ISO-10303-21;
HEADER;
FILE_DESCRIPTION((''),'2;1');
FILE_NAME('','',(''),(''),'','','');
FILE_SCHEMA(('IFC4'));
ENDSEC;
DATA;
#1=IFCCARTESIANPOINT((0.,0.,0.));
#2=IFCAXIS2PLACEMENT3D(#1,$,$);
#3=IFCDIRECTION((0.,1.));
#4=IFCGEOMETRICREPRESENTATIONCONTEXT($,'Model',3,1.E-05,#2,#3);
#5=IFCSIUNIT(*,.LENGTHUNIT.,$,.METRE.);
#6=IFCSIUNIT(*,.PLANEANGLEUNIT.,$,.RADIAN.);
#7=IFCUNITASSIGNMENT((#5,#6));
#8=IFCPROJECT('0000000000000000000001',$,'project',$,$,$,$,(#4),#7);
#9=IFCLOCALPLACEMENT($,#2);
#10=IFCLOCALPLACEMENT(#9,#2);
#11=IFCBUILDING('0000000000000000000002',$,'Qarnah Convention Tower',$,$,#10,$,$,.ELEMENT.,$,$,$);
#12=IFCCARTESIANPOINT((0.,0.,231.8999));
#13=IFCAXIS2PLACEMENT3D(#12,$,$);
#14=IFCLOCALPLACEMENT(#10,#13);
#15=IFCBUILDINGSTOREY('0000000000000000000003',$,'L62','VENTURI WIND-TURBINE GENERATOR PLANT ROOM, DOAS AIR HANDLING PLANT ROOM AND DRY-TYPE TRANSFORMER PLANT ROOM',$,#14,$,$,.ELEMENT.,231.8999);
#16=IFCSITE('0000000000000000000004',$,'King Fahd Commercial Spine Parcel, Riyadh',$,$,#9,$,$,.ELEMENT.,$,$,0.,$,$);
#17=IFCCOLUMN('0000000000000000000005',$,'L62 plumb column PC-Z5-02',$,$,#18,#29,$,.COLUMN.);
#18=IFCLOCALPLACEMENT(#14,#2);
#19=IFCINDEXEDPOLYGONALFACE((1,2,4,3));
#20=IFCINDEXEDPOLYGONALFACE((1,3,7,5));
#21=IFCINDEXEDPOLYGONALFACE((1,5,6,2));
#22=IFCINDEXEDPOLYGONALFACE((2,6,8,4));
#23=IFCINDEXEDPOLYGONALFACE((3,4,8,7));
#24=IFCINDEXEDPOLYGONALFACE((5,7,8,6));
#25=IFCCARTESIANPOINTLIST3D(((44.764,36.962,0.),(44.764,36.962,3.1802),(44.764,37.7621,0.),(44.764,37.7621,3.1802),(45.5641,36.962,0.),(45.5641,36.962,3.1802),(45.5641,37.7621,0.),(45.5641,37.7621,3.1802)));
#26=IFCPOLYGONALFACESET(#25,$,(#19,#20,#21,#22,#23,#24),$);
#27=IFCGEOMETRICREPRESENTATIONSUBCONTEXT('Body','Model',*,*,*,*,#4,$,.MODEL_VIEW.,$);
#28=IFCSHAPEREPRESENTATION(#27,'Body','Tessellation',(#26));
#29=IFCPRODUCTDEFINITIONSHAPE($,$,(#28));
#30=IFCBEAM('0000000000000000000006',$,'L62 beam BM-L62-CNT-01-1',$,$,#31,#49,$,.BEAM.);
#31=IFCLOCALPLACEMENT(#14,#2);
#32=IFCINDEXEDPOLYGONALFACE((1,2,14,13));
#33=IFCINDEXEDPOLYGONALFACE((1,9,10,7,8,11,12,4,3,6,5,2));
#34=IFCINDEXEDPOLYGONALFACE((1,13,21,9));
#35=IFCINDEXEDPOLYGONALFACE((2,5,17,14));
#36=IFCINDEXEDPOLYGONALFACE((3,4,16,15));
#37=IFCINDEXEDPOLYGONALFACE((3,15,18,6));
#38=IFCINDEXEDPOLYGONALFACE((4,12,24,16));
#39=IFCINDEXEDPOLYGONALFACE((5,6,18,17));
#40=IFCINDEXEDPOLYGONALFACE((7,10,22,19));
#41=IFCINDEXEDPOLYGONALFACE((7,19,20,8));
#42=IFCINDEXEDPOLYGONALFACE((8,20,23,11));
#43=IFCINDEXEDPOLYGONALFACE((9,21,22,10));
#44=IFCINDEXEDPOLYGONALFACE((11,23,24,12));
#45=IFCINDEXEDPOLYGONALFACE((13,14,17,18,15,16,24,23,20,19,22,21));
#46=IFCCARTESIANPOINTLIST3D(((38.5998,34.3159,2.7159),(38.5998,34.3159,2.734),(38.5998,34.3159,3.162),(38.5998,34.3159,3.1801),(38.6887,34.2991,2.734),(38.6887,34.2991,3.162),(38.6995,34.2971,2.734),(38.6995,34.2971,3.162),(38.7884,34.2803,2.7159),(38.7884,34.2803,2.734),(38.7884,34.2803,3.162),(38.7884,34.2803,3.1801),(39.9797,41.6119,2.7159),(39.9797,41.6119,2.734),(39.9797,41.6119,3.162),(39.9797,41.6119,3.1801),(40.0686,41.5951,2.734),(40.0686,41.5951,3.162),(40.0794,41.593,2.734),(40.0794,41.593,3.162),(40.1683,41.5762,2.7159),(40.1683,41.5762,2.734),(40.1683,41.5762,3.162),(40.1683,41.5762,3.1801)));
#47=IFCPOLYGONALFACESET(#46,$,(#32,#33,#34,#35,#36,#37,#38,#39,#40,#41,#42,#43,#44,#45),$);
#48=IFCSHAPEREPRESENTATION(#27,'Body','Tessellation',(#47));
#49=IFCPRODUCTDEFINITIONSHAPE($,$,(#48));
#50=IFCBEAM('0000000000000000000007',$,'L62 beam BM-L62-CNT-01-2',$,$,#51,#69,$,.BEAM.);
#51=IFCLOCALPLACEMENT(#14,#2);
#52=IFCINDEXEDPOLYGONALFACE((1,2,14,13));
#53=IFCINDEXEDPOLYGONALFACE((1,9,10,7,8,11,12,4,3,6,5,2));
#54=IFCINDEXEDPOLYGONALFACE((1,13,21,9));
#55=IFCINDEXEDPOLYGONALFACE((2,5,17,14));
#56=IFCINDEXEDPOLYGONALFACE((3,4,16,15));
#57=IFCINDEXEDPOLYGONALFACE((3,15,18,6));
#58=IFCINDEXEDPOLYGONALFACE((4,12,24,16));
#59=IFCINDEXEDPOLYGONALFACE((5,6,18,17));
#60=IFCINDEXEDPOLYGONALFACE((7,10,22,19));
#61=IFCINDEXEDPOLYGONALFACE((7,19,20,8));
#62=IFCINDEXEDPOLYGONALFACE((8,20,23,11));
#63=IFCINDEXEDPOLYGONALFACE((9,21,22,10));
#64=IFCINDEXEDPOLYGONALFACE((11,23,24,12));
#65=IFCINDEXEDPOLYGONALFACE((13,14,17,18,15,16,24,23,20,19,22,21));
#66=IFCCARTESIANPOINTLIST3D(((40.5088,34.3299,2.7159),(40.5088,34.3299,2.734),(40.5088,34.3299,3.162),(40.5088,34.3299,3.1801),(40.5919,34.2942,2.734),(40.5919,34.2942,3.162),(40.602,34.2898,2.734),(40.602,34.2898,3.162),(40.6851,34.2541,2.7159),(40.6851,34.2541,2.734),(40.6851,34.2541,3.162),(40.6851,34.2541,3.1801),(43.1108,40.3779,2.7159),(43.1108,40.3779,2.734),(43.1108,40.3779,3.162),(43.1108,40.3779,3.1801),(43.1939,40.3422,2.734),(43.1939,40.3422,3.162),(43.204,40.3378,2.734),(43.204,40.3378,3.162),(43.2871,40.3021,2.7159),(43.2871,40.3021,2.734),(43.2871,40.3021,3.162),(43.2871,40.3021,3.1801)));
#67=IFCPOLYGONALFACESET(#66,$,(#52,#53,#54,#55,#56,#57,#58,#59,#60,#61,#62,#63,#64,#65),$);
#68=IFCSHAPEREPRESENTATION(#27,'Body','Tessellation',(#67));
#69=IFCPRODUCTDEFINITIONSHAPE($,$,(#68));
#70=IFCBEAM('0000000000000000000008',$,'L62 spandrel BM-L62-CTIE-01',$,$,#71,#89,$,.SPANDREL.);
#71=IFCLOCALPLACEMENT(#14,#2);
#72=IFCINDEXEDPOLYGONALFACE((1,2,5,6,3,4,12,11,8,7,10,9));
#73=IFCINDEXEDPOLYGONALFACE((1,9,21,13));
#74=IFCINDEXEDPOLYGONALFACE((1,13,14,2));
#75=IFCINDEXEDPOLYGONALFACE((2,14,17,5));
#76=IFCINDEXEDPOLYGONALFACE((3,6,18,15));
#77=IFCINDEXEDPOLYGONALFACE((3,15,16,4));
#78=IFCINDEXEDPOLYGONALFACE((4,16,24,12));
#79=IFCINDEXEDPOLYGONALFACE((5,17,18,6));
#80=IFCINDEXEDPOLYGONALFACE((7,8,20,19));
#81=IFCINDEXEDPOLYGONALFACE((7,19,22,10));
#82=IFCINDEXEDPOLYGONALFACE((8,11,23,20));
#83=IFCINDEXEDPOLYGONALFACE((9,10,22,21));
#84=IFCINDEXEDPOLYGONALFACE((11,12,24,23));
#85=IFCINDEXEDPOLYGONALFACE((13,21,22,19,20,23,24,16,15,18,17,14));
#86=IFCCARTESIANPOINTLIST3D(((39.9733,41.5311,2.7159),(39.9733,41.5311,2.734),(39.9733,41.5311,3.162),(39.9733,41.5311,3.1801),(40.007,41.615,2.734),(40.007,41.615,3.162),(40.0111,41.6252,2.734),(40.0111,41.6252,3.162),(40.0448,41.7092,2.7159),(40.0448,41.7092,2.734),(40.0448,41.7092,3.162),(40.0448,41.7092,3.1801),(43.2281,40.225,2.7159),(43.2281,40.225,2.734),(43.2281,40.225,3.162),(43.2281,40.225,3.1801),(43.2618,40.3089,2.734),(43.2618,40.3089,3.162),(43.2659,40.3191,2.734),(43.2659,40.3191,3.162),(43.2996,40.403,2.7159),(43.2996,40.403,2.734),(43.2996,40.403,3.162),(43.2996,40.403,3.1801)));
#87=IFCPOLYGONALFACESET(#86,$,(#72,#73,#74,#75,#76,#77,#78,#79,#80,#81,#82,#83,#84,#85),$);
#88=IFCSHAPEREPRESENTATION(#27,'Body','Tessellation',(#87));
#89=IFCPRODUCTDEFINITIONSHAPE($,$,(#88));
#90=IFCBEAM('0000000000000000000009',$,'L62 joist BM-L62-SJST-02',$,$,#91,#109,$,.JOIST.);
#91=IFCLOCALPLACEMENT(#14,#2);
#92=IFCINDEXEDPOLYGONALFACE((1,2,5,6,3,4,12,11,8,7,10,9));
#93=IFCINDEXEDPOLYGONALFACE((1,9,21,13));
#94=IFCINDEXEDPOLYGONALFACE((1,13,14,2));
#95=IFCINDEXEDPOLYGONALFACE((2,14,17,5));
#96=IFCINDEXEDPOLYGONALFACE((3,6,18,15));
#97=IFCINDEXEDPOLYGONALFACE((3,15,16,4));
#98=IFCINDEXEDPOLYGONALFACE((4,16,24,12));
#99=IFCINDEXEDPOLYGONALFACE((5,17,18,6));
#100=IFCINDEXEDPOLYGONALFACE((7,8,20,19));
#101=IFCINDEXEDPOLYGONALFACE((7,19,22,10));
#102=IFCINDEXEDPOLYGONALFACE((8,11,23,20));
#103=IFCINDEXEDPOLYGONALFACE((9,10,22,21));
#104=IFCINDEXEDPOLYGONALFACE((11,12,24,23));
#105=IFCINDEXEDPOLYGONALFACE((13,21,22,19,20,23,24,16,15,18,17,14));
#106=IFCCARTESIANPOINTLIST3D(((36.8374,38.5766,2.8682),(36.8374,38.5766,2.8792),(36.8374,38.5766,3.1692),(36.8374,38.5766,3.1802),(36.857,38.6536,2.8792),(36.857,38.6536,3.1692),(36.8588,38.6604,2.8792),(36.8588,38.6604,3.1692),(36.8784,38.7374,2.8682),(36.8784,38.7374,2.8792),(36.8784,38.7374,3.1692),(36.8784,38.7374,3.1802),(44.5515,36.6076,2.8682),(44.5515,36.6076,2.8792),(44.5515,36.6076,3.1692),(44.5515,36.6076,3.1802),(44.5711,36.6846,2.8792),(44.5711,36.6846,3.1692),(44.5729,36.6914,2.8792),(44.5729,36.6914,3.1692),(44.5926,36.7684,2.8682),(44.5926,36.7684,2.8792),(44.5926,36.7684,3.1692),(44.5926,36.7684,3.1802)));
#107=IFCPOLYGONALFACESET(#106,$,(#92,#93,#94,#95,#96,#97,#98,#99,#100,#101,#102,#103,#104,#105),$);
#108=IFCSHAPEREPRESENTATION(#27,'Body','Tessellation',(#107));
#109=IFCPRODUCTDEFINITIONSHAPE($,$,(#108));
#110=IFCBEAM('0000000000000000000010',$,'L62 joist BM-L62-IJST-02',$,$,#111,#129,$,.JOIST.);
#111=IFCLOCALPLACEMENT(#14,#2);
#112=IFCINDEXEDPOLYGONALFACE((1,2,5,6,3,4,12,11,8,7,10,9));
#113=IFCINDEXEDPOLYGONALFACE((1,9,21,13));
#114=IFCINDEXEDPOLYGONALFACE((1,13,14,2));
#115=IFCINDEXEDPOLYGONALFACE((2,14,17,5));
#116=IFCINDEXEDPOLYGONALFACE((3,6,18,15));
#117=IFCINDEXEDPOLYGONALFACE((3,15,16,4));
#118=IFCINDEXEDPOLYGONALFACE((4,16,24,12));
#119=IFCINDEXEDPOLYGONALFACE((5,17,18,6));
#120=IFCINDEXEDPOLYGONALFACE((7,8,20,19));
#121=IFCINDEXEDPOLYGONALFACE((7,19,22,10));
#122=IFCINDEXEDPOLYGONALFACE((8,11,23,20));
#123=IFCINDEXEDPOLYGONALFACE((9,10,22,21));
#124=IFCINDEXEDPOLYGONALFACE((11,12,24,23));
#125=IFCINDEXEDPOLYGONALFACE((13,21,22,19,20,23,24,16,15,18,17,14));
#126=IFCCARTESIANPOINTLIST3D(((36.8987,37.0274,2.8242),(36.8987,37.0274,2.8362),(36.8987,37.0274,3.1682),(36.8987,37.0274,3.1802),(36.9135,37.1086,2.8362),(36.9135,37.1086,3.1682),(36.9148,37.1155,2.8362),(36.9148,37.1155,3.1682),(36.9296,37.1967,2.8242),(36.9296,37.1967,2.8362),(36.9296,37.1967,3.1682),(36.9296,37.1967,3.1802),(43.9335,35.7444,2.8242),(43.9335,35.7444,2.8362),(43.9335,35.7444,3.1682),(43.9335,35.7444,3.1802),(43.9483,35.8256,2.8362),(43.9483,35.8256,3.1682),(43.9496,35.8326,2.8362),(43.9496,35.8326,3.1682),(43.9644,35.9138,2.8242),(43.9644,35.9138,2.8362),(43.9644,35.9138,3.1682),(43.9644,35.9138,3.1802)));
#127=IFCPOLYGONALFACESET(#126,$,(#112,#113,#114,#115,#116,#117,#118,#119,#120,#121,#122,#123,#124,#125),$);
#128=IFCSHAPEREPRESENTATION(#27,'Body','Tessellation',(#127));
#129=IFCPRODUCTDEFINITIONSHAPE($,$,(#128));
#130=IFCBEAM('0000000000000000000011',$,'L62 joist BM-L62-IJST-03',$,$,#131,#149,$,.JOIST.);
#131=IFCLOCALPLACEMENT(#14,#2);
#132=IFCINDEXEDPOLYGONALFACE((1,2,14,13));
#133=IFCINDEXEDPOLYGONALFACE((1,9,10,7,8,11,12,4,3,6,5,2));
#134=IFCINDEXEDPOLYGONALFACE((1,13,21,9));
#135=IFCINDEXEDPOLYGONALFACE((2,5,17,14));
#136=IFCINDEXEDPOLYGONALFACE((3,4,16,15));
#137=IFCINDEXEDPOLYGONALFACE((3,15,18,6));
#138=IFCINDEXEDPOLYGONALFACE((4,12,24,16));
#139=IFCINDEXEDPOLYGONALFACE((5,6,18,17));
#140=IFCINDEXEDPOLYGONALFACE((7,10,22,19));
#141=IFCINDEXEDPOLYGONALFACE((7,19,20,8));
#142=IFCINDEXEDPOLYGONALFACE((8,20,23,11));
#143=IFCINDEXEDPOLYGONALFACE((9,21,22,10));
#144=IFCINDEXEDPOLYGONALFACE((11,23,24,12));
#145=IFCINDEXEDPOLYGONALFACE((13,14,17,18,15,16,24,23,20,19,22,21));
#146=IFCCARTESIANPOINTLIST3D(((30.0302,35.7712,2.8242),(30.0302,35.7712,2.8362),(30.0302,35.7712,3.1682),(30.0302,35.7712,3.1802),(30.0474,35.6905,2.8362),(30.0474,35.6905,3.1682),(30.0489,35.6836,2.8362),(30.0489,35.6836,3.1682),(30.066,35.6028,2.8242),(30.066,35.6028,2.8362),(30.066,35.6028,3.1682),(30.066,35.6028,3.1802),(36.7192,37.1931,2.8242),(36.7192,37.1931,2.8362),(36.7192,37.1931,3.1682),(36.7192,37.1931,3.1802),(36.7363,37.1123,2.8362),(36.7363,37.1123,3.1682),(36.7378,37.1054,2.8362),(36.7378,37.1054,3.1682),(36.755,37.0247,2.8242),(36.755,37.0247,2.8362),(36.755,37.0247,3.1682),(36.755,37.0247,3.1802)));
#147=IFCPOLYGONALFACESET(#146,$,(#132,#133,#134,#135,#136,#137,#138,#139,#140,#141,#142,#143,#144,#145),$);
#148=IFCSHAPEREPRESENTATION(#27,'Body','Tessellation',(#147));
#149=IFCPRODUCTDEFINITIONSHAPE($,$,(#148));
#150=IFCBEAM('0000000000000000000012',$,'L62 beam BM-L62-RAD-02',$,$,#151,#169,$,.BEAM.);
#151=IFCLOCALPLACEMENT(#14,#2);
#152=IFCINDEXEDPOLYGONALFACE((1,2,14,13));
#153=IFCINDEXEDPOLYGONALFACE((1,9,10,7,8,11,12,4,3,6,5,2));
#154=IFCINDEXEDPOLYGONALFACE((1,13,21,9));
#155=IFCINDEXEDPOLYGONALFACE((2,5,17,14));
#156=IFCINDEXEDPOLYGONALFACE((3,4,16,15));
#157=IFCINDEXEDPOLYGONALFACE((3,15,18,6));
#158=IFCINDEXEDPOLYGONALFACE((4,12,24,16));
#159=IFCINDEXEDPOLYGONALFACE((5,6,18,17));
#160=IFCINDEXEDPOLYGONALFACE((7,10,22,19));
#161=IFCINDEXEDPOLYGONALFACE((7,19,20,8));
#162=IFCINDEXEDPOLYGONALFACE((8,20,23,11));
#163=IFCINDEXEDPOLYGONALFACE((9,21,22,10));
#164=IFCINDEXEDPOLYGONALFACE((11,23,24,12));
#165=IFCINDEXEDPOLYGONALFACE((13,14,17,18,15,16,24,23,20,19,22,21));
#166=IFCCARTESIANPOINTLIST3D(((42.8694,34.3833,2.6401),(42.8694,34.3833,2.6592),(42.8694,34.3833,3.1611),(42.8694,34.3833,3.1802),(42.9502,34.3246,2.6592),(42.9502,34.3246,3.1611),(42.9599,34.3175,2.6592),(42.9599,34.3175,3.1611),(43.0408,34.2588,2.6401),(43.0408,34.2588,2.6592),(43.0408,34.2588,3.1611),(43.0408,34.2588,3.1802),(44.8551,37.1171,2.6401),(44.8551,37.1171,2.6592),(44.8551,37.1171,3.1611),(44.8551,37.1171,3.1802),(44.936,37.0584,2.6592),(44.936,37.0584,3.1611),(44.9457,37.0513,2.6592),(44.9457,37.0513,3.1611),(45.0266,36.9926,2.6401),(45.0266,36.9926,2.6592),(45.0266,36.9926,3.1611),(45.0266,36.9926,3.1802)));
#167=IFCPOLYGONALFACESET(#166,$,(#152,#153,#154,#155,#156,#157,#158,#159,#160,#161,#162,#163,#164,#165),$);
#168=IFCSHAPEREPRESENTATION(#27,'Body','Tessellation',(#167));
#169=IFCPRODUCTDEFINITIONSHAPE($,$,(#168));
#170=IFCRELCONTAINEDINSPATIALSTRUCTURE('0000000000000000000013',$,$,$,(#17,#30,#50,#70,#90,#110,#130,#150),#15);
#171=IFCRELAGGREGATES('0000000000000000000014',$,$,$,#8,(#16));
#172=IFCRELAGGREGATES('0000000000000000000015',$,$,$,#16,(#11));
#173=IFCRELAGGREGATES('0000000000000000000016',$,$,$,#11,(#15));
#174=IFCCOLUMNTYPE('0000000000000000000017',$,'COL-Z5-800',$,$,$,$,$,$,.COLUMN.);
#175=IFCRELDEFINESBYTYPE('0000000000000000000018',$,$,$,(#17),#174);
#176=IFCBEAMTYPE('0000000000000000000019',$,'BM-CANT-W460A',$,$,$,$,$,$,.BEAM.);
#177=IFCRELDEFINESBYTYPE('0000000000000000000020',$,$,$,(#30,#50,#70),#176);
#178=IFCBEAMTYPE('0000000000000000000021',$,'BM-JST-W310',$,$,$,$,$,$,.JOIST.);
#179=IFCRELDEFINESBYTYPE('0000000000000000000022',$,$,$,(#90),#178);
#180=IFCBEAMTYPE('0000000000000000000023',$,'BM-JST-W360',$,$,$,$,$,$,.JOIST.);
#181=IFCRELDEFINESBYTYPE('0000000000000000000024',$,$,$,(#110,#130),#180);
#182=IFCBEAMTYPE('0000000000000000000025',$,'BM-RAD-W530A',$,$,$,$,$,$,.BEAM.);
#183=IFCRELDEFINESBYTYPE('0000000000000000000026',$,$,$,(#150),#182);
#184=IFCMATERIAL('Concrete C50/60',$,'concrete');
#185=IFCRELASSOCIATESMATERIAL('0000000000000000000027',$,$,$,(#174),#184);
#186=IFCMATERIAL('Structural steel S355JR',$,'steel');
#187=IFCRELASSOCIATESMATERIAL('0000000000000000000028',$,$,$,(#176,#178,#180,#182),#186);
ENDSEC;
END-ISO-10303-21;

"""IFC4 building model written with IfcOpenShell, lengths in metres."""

from ifc_helpers import new_model, si_unit, direction, frame, origin, origin_2d, place, context, subcontext, project, spatial, rectangle, i_section, extrude, material, material_profile, profile_set, type_object, element, save


model = new_model("IFC4")

# Units and contexts
model_context = context("Model", 3, precision=1e-05, world=origin(), true_north=direction((0.0, 1.0)))
body_context = subcontext(model_context, "Body", "Model", "MODEL_VIEW")
ifc_project = project(units=[si_unit("LENGTHUNIT", "METRE"), si_unit("PLANEANGLEUNIT", "RADIAN")], contexts=[model_context])

# Site, building, storey
site_placement = place(None, origin())
site = spatial("IfcSite", under=ifc_project, at=site_placement, Name="King Fahd Commercial Spine Parcel, Riyadh", CompositionType="ELEMENT", RefElevation=0.0)
building_placement = place(site_placement, origin())
building = spatial("IfcBuilding", under=site, at=building_placement, Name="Qarnah Convention Tower", CompositionType="ELEMENT")
storey_placement = place(building_placement, frame((0.0, 0.0, 231.8999)))
storey = spatial("IfcBuildingStorey", under=building, at=storey_placement, Name="L62", Description="VENTURI WIND-TURBINE GENERATOR PLANT ROOM, DOAS AIR HANDLING PLANT ROOM AND DRY-TYPE TRANSFORMER PLANT ROOM", CompositionType="ELEMENT", Elevation=231.8999)

# Column
ifc_material_1 = material(Name="Concrete C50/60", Category="concrete")
ifc_material_profile_1 = material_profile(ifc_material_1, rectangle(XDim=0.8, YDim=0.8, at=origin_2d()), Name="RC-COL-800X800")
ifc_profile_set_1 = profile_set([ifc_material_profile_1], Name="Concrete C50/60")
column_type = type_object("IfcColumnType", Name="COL-Z5-800", PredefinedType="COLUMN", material=ifc_profile_set_1)
column_placement = place(storey_placement, frame((45.1641, 37.3621, 0.0), z_axis=(0.0, 0.0, 1.0), x_axis=(1.0, 0.0, 0.0)))
element("IfcColumn", 1, at=column_placement, inside=storey, type_object=column_type, Name="L62 plumb column PC-Z5-02", PredefinedType="COLUMN", context=body_context, shape_type="SweptSolid", body=[
    extrude(rectangle(XDim=0.8, YDim=0.8, at=origin_2d()), origin(), (0.0, 0.0, 1.0), 3.1802),
])

# Beams
ifc_material_2 = material(Name="Structural steel S355JR", Category="steel")
ifc_material_profile_2 = material_profile(ifc_material_2, i_section(OverallWidth=0.1919, OverallDepth=0.4641, WebThickness=0.011, FlangeThickness=0.0181, at=origin_2d()), Name="W460X89")
ifc_profile_set_2 = profile_set([ifc_material_profile_2], Name="Structural steel S355JR")
beam_type_1 = type_object("IfcBeamType", Name="BM-CANT-W460A", PredefinedType="BEAM", material=ifc_profile_set_2)
beam_1_placement = place(storey_placement, frame((38.6941, 34.2981, 2.948), z_axis=(0.185837, 0.982581, 0.0), x_axis=(-0.982581, 0.185837, 0.0)))
element("IfcBeam", 2, at=beam_1_placement, inside=storey, type_object=beam_type_1, Name="L62 beam BM-L62-CNT-01-1", PredefinedType="BEAM", context=body_context, shape_type="SweptSolid", body=[
    extrude(i_section(OverallWidth=0.1919, OverallDepth=0.4641, WebThickness=0.011, FlangeThickness=0.0181, at=origin_2d()), origin(), (0.0, 0.0, 1.0), 7.4253),
])
beam_2_placement = place(storey_placement, frame((40.5969, 34.292, 2.948), z_axis=(0.395203, 0.918594, 0.0), x_axis=(-0.918594, 0.395203, 0.0)))
element("IfcBeam", 3, at=beam_2_placement, inside=storey, type_object=beam_type_1, Name="L62 beam BM-L62-CNT-01-2", PredefinedType="BEAM", context=body_context, shape_type="SweptSolid", body=[
    extrude(i_section(OverallWidth=0.1919, OverallDepth=0.4641, WebThickness=0.011, FlangeThickness=0.0181, at=origin_2d()), origin(), (0.0, 0.0, 1.0), 6.584),
])
beam_3_placement = place(storey_placement, frame((40.009, 41.6201, 2.948), z_axis=(0.928063, -0.372423, 0.0), x_axis=(0.372423, 0.928063, 0.0)))
element("IfcBeam", 4, at=beam_3_placement, inside=storey, type_object=beam_type_1, Name="L62 spandrel BM-L62-CTIE-01", PredefinedType="SPANDREL", context=body_context, shape_type="SweptSolid", body=[
    extrude(i_section(OverallWidth=0.1919, OverallDepth=0.4641, WebThickness=0.011, FlangeThickness=0.0181, at=origin_2d()), origin(), (0.0, 0.0, 1.0), 3.5071),
])
ifc_material_profile_3 = material_profile(ifc_material_2, i_section(OverallWidth=0.166, OverallDepth=0.312, WebThickness=0.0071, FlangeThickness=0.011, at=origin_2d()), Name="W310X45")
ifc_profile_set_3 = profile_set([ifc_material_profile_3], Name="Structural steel S355JR")
beam_type_2 = type_object("IfcBeamType", Name="BM-JST-W310", PredefinedType="JOIST", material=ifc_profile_set_3)
beam_4_placement = place(storey_placement, frame((44.572, 36.688, 3.0242), z_axis=(-0.968935, 0.247316, 0.0), x_axis=(-0.247316, -0.968935, 0.0)))
element("IfcBeam", 5, at=beam_4_placement, inside=storey, type_object=beam_type_2, Name="L62 joist BM-L62-SJST-02", PredefinedType="JOIST", context=body_context, shape_type="SweptSolid", body=[
    extrude(i_section(OverallWidth=0.166, OverallDepth=0.312, WebThickness=0.0071, FlangeThickness=0.011, at=origin_2d()), origin(), (0.0, 0.0, 1.0), 7.9614),
])
ifc_material_profile_4 = material_profile(ifc_material_2, i_section(OverallWidth=0.1721, OverallDepth=0.356, WebThickness=0.0071, FlangeThickness=0.012, at=origin_2d()), Name="W360X51")
ifc_profile_set_4 = profile_set([ifc_material_profile_4], Name="Structural steel S355JR")
beam_type_3 = type_object("IfcBeamType", Name="BM-JST-W360", PredefinedType="JOIST", material=ifc_profile_set_4)
beam_5_placement = place(storey_placement, frame((43.949, 35.8291, 3.0022), z_axis=(-0.983774, 0.179411, 0.0), x_axis=(-0.179411, -0.983774, 0.0)))
element("IfcBeam", 6, at=beam_5_placement, inside=storey, type_object=beam_type_3, Name="L62 joist BM-L62-IJST-02", PredefinedType="JOIST", context=body_context, shape_type="SweptSolid", body=[
    extrude(i_section(OverallWidth=0.1721, OverallDepth=0.356, WebThickness=0.0071, FlangeThickness=0.012, at=origin_2d()), origin(), (0.0, 0.0, 1.0), 7.1509),
])
beam_6_placement = place(storey_placement, frame((36.7371, 37.1089, 3.0022), z_axis=(-0.978145, -0.207925, 0.0), x_axis=(0.207925, -0.978145, 0.0)))
element("IfcBeam", 7, at=beam_6_placement, inside=storey, type_object=beam_type_3, Name="L62 joist BM-L62-IJST-03", PredefinedType="JOIST", context=body_context, shape_type="SweptSolid", body=[
    extrude(i_section(OverallWidth=0.1721, OverallDepth=0.356, WebThickness=0.0071, FlangeThickness=0.012, at=origin_2d()), origin(), (0.0, 0.0, 1.0), 6.8384),
])
ifc_material_profile_5 = material_profile(ifc_material_2, i_section(OverallWidth=0.2119, OverallDepth=0.54, WebThickness=0.012, FlangeThickness=0.019, at=origin_2d()), Name="W530X109")
ifc_profile_set_5 = profile_set([ifc_material_profile_5], Name="Structural steel S355JR")
beam_type_4 = type_object("IfcBeamType", Name="BM-RAD-W530A", PredefinedType="BEAM", material=ifc_profile_set_5)
beam_7_placement = place(storey_placement, frame((42.9551, 34.321, 2.9102), z_axis=(0.587699, 0.80908, 0.0), x_axis=(-0.80908, 0.587699, 0.0)))
element("IfcBeam", 8, at=beam_7_placement, inside=storey, type_object=beam_type_4, Name="L62 beam BM-L62-RAD-02", PredefinedType="BEAM", context=body_context, shape_type="SweptSolid", body=[
    extrude(i_section(OverallWidth=0.2119, OverallDepth=0.54, WebThickness=0.012, FlangeThickness=0.019, at=origin_2d()), origin(), (0.0, 0.0, 1.0), 3.3789),
])

save(model, "model.ifc")
